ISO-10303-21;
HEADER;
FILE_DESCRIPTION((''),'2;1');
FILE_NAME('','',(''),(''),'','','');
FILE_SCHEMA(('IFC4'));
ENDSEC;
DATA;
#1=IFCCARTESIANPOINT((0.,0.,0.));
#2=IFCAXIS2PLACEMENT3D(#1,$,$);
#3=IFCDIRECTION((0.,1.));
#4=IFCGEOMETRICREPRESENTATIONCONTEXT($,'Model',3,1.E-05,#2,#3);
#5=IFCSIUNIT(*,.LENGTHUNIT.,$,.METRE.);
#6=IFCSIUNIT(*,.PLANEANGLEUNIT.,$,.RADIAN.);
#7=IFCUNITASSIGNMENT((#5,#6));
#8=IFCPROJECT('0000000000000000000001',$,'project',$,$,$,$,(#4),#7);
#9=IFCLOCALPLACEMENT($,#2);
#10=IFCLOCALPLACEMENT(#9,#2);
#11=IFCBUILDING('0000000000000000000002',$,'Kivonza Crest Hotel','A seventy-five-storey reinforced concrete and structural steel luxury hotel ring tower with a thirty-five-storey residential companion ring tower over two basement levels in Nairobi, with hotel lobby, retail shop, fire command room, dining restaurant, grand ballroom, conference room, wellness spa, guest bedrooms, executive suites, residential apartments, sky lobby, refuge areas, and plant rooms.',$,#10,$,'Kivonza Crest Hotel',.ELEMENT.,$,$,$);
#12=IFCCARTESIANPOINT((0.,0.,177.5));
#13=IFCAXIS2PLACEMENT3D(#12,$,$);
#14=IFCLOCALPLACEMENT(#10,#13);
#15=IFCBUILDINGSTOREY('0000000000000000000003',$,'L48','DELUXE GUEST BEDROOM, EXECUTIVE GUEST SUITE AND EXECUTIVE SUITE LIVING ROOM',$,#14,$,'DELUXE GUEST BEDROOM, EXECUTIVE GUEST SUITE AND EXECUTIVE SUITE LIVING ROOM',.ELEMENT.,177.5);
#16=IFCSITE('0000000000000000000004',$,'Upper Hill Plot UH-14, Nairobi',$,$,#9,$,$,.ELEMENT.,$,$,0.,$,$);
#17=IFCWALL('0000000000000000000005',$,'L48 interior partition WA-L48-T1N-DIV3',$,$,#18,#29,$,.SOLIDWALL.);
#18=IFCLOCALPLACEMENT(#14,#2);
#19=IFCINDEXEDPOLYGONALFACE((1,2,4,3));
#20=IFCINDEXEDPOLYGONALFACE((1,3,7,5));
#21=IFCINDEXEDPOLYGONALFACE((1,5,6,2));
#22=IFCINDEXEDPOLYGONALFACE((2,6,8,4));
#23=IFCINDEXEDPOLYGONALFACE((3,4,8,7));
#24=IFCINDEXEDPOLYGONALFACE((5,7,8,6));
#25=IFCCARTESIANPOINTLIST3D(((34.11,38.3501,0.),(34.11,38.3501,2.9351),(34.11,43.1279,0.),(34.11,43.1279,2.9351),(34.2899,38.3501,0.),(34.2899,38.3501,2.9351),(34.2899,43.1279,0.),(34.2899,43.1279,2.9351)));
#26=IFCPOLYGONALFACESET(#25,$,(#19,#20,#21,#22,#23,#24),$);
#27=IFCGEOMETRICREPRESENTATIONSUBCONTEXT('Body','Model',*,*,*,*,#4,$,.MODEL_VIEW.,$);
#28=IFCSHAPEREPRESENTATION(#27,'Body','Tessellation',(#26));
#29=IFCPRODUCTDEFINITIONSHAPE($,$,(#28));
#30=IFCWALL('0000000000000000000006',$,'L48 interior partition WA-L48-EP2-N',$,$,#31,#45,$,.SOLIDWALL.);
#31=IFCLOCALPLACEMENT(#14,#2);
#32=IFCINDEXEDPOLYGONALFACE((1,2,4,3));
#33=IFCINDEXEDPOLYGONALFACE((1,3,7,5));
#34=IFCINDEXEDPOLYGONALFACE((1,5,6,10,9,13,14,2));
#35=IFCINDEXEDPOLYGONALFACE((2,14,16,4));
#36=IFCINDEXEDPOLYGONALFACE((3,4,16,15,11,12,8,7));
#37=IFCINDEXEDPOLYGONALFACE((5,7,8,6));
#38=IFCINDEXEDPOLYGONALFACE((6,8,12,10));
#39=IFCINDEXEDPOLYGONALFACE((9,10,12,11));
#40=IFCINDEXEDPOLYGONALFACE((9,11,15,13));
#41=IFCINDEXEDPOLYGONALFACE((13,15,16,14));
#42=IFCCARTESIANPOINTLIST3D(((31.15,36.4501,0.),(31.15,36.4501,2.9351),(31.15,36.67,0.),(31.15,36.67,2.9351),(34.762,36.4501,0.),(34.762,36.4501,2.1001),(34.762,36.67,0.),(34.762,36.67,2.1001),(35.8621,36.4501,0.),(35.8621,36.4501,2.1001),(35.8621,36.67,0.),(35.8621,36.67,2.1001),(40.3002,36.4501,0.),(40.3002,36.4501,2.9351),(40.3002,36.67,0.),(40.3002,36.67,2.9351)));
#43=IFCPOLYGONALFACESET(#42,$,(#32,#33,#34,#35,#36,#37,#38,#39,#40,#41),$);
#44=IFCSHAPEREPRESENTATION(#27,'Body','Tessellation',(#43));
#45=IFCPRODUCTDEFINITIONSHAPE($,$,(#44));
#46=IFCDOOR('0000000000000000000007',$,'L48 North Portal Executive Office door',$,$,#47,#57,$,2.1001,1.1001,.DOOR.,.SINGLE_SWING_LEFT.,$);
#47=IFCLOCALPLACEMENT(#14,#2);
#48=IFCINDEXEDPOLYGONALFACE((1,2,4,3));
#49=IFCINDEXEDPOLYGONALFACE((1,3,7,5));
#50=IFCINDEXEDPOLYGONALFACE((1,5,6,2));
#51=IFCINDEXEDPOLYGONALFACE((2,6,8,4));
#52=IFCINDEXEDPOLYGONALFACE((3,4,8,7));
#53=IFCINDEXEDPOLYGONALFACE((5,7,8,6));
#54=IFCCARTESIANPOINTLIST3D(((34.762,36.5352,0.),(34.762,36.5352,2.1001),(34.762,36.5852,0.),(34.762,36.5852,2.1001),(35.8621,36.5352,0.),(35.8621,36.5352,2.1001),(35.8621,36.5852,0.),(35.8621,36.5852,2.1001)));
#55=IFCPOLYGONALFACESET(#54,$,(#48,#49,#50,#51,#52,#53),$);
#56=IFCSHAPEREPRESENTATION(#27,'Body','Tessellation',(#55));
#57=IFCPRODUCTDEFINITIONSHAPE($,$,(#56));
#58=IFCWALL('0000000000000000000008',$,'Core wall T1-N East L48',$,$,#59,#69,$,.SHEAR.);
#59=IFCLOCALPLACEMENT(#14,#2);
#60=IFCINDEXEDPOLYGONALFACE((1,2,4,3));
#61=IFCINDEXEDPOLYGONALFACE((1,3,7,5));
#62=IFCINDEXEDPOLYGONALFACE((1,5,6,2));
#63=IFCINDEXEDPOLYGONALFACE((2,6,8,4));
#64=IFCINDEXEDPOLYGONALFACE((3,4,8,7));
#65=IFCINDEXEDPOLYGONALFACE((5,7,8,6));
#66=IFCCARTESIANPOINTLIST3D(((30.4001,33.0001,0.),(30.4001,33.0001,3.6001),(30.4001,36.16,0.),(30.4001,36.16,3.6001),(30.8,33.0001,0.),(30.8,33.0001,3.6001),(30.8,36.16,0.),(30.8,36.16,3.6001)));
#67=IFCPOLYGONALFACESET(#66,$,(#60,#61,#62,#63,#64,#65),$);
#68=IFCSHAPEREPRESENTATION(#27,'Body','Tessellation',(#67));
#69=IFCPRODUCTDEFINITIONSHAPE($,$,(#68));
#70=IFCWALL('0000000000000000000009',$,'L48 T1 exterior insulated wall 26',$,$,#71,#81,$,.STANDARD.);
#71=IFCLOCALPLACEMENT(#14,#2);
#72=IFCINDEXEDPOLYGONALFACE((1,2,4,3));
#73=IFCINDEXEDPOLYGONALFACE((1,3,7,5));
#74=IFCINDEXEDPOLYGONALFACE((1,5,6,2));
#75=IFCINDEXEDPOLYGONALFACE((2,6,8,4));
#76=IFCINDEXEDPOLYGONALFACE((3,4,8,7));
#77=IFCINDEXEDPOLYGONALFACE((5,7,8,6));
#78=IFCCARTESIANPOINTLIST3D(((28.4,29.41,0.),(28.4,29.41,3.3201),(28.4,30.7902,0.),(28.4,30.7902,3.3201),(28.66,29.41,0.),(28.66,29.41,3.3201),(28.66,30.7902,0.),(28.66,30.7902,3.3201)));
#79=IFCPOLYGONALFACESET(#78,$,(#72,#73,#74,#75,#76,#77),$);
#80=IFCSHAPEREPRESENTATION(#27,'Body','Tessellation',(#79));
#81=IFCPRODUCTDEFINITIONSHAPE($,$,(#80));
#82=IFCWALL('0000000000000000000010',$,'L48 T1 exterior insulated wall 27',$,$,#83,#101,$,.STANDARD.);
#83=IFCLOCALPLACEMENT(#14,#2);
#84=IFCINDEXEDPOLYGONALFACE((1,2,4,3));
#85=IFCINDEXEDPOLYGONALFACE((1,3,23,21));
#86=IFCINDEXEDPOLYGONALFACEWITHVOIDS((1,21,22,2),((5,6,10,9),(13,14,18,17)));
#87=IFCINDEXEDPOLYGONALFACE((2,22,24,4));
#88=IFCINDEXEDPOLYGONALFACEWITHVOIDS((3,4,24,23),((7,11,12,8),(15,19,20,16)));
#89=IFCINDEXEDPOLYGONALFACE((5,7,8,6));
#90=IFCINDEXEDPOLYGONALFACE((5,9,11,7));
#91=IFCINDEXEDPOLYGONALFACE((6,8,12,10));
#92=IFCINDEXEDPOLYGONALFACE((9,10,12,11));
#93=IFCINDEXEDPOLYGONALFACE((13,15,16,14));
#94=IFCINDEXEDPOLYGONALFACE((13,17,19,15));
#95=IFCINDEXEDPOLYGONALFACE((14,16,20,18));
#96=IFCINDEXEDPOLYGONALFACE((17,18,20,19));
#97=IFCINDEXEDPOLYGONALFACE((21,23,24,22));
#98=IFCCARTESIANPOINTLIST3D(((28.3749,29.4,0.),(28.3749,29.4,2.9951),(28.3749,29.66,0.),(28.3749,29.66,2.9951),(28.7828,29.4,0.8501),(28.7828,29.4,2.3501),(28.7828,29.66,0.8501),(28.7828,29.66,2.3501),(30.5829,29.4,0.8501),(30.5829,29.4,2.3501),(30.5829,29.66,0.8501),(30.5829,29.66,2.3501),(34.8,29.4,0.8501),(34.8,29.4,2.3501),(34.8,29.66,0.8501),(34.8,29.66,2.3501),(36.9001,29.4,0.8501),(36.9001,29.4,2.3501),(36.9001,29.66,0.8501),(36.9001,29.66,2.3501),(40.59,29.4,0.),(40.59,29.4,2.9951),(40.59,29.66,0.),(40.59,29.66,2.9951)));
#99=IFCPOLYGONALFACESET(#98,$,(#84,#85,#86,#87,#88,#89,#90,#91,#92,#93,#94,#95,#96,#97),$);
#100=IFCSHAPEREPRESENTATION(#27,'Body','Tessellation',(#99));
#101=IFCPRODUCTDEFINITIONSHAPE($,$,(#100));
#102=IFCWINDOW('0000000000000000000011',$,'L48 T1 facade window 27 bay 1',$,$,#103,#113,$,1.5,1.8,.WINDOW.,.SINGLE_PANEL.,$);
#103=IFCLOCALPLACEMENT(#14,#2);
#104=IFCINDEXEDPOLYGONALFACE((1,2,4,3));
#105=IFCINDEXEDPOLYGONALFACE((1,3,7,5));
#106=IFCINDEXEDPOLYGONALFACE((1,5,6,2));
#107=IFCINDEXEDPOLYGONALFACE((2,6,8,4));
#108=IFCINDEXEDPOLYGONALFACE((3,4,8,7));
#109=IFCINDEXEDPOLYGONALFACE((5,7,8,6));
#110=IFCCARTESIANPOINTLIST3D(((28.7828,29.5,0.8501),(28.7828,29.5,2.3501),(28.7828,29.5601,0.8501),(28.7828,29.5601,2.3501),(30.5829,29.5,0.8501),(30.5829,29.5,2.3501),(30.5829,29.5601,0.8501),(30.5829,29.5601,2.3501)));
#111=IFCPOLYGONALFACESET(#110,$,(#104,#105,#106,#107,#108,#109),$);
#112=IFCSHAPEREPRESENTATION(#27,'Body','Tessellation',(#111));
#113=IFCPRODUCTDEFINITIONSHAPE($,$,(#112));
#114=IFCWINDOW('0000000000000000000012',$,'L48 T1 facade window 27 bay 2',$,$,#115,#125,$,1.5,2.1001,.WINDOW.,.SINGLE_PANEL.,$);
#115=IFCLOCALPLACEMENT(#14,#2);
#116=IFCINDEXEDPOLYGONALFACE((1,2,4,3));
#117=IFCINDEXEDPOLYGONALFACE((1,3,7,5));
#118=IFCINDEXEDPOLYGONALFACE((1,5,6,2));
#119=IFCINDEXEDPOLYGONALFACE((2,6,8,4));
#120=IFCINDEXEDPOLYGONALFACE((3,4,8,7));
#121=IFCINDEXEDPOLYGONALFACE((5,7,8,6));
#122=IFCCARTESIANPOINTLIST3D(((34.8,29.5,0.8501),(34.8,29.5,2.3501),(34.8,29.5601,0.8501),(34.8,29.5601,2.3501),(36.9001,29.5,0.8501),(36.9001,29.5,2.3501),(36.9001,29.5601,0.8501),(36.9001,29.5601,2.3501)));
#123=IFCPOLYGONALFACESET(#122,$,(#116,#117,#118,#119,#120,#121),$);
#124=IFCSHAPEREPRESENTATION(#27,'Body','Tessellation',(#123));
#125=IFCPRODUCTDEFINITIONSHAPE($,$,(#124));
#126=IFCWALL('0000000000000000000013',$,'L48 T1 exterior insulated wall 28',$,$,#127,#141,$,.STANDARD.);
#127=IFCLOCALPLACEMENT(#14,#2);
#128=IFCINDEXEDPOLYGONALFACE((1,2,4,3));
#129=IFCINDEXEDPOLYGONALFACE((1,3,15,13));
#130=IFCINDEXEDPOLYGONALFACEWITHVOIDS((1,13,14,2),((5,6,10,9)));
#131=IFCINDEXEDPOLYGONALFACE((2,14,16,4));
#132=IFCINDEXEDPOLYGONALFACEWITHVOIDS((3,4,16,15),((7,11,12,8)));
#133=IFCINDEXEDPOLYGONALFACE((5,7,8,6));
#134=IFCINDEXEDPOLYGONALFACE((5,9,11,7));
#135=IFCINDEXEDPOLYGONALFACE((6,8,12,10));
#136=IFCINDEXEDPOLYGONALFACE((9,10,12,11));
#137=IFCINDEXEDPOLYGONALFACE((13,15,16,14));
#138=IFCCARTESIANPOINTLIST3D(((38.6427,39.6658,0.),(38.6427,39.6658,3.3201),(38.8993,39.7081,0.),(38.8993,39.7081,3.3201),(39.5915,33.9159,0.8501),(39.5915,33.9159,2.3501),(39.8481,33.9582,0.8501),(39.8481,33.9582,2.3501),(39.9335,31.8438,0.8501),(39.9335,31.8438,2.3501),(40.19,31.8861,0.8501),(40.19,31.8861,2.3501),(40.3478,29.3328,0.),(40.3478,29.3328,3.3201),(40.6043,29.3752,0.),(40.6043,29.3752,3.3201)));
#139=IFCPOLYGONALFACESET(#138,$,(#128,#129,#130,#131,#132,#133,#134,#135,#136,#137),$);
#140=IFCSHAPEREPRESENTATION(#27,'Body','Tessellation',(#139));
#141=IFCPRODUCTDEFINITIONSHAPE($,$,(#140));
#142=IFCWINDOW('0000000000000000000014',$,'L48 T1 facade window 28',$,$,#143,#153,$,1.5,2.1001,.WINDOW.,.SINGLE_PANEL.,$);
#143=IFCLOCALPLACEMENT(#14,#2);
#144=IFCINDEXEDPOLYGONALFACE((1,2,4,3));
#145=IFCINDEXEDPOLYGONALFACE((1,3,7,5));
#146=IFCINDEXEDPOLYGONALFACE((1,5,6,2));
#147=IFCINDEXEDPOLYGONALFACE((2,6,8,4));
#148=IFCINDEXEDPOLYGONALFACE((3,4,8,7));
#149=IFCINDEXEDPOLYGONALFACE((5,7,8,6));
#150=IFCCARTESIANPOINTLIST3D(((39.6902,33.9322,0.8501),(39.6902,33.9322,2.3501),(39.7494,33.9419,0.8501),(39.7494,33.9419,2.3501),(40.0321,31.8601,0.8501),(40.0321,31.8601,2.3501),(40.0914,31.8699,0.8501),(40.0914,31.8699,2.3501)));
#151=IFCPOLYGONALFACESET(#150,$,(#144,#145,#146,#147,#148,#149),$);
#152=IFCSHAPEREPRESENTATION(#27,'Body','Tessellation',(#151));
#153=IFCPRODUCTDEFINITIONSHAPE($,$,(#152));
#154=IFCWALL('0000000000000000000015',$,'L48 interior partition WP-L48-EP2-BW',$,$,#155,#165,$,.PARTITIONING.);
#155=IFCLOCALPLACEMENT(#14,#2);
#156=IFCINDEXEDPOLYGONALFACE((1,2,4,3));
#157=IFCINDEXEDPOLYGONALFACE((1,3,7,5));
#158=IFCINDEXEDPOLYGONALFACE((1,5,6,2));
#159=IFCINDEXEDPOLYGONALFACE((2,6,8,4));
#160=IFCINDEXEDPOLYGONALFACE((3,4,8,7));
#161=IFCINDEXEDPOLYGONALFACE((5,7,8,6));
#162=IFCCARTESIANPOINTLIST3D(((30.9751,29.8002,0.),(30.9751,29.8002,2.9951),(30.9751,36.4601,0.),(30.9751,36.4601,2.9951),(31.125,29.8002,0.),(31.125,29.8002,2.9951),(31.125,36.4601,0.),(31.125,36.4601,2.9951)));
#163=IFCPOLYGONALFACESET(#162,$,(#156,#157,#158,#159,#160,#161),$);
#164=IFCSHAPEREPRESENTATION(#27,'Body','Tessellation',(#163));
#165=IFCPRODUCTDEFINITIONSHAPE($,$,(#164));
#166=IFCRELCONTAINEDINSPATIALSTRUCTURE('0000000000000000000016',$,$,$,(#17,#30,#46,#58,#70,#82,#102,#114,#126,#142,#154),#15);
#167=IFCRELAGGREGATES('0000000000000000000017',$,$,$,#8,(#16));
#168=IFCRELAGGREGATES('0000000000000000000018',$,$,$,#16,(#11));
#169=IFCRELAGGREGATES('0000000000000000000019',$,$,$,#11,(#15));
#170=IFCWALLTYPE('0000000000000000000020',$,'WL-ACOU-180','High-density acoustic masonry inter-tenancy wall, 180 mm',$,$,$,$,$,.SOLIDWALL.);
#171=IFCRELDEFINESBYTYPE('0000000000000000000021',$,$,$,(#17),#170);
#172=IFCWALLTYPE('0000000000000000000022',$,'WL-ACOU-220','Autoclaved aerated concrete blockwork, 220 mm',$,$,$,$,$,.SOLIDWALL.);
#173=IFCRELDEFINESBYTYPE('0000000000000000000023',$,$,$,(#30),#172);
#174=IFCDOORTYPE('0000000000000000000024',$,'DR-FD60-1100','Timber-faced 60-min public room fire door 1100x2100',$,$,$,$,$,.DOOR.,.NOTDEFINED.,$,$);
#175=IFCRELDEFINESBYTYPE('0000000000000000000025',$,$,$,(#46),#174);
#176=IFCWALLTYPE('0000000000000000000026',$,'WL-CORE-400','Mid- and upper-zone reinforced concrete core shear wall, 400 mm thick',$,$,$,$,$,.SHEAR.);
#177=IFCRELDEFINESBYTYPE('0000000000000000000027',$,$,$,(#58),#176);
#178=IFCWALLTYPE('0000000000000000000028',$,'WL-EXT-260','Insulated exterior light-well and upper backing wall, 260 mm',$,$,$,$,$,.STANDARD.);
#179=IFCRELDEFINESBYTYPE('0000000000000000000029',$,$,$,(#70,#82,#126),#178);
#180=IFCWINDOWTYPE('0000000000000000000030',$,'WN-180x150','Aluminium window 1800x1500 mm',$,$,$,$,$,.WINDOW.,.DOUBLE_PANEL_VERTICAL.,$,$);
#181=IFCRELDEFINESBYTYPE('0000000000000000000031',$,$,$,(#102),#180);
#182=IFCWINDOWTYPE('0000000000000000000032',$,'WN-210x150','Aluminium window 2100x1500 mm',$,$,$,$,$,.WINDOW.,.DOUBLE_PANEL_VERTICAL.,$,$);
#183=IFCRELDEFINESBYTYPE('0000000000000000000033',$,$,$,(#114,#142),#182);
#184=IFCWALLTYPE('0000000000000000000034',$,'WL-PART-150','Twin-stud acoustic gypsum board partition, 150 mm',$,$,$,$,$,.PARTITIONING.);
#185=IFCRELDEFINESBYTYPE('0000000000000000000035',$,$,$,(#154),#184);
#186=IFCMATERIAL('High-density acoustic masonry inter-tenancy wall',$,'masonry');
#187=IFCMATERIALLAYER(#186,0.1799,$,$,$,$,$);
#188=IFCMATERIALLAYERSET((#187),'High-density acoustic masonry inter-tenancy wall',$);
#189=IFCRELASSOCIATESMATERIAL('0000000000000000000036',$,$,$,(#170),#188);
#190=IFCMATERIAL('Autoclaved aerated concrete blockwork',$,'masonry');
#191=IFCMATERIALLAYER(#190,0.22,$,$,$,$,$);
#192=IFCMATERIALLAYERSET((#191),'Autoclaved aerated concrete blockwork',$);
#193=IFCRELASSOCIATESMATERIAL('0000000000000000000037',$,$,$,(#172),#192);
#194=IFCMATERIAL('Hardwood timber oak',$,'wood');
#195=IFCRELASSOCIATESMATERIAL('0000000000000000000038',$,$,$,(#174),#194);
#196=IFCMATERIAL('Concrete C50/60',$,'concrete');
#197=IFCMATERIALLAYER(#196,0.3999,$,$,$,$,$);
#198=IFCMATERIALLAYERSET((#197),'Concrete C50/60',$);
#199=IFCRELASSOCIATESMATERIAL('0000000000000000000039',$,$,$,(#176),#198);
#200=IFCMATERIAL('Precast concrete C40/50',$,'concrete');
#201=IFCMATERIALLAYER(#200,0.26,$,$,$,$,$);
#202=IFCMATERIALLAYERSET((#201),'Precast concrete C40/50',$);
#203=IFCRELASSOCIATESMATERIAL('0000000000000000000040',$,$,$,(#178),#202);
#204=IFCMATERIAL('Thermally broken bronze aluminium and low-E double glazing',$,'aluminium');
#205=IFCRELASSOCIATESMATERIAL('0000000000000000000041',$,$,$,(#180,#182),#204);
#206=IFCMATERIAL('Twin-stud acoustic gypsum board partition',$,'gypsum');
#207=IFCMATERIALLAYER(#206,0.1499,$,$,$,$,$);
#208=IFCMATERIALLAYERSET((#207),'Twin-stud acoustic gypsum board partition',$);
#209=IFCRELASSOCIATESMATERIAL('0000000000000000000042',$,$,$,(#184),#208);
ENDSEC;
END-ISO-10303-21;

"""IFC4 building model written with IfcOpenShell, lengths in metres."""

from ifc_helpers import new_model, si_unit, direction, frame, frame_2d, origin, place, context, subcontext, project, spatial, rectangle, extrude, material, layer, layer_set, type_object, element, fill, save


model = new_model("IFC4")

# Units and contexts
model_context = context("Model", 3, precision=1e-05, world=origin(), true_north=direction((0.0, 1.0)))
body_context = subcontext(model_context, "Body", "Model", "MODEL_VIEW")
ifc_project = project(units=[si_unit("LENGTHUNIT", "METRE"), si_unit("PLANEANGLEUNIT", "RADIAN")], contexts=[model_context])

# Site, building, storey
site_placement = place(None, origin())
site = spatial("IfcSite", under=ifc_project, at=site_placement, Name="Upper Hill Plot UH-14, Nairobi", CompositionType="ELEMENT", RefElevation=0.0)
building_placement = place(site_placement, origin())
building = spatial("IfcBuilding", under=site, at=building_placement, Name="Kivonza Crest Hotel", Description="A seventy-five-storey reinforced concrete and structural steel luxury hotel ring tower with a thirty-five-storey residential companion ring tower over two basement levels in Nairobi, with hotel lobby, retail shop, fire command room, dining restaurant, grand ballroom, conference room, wellness spa, guest bedrooms, executive suites, residential apartments, sky lobby, refuge areas, and plant rooms.", LongName="Kivonza Crest Hotel", CompositionType="ELEMENT")
storey_placement = place(building_placement, frame((0.0, 0.0, 177.5)))
storey = spatial("IfcBuildingStorey", under=building, at=storey_placement, Name="L48", Description="DELUXE GUEST BEDROOM, EXECUTIVE GUEST SUITE AND EXECUTIVE SUITE LIVING ROOM", LongName="DELUXE GUEST BEDROOM, EXECUTIVE GUEST SUITE AND EXECUTIVE SUITE LIVING ROOM", CompositionType="ELEMENT", Elevation=177.5)

# Shared definitions
ifc_material_1 = material(Name="Concrete C50/60", Category="concrete")

# Wall
ifc_material_2 = material(Name="High-density acoustic masonry inter-tenancy wall", Category="masonry")
ifc_layer_1 = layer(ifc_material_2, 0.1799)
ifc_layer_set_1 = layer_set([ifc_layer_1], Name="High-density acoustic masonry inter-tenancy wall")
wall_type_1 = type_object("IfcWallType", Name="WL-ACOU-180", Description="High-density acoustic masonry inter-tenancy wall, 180 mm", PredefinedType="SOLIDWALL", material=ifc_layer_set_1)
wall_1_placement = place(storey_placement, frame((34.2, 38.3501, 0.0), z_axis=(0.0, 0.0, 1.0), x_axis=(0.0, 1.0, 0.0)))
element("IfcWall", 1, at=wall_1_placement, inside=storey, type_object=wall_type_1, Name="L48 interior partition WA-L48-T1N-DIV3", PredefinedType="SOLIDWALL", context=body_context, shape_type="SweptSolid", body=[
    extrude(rectangle(XDim=4.7778, YDim=0.1799, at=frame_2d((2.3889, 0.0))), origin(), (0.0, 0.0, 1.0), 2.9351),
])

# Wall, opening, door
ifc_material_3 = material(Name="Autoclaved aerated concrete blockwork", Category="masonry")
ifc_layer_2 = layer(ifc_material_3, 0.22)
ifc_layer_set_2 = layer_set([ifc_layer_2], Name="Autoclaved aerated concrete blockwork")
wall_type_2 = type_object("IfcWallType", Name="WL-ACOU-220", Description="Autoclaved aerated concrete blockwork, 220 mm", PredefinedType="SOLIDWALL", material=ifc_layer_set_2)
wall_2_placement = place(storey_placement, frame((31.1499, 36.5601, 0.0), z_axis=(0.0, 0.0, 1.0), x_axis=(1.0, 0.0, 0.0)))
wall_2 = element("IfcWall", 2, at=wall_2_placement, inside=storey, type_object=wall_type_2, Name="L48 interior partition WA-L48-EP2-N", PredefinedType="SOLIDWALL", context=body_context, shape_type="SweptSolid", body=[
    extrude(rectangle(XDim=9.1501, YDim=0.22, at=frame_2d((4.5752, 0.0))), origin(), (0.0, 0.0, 1.0), 2.9351),
])
opening_1_placement = place(wall_2_placement, frame((3.6121, 0.0, 0.0)))
opening_1 = element("IfcOpeningElement", 3, at=opening_1_placement, cuts=wall_2, PredefinedType="OPENING", context=body_context, shape_type="SweptSolid", body=[
    extrude(rectangle(XDim=1.1001, YDim=2.1001, at=frame_2d((0.55, 1.05))), frame((0.0, 0.1201, 0.0), z_axis=(0.0, -1.0, 0.0), x_axis=(1.0, 0.0, 0.0)), (0.0, 0.0, 1.0), 0.24),
])
ifc_material_4 = material(Name="Hardwood timber oak", Category="wood")
door_type = type_object("IfcDoorType", Name="DR-FD60-1100", Description="Timber-faced 60-min public room fire door 1100x2100", OperationType="NOTDEFINED", PredefinedType="DOOR", material=ifc_material_4)
door_placement = place(opening_1_placement, frame((1.1001, 0.0, 0.0), z_axis=(0.0, 0.0, 1.0), x_axis=(-1.0, 0.0, 0.0)))
door = element("IfcDoor", 4, at=door_placement, inside=storey, type_object=door_type, Name="L48 North Portal Executive Office door", OperationType="SINGLE_SWING_LEFT", OverallHeight=2.1001, OverallWidth=1.1001, PredefinedType="DOOR", context=body_context, shape_type="SweptSolid", body=[
    extrude(rectangle(XDim=1.1001, YDim=2.1001, at=frame_2d((0.55, 1.05))), frame((0.0, 0.0249, 0.0), z_axis=(0.0, -1.0, 0.0), x_axis=(1.0, 0.0, 0.0)), (0.0, 0.0, 1.0), 0.05),
])
fill(opening_1, door)

# Walls
ifc_layer_3 = layer(ifc_material_1, 0.3999)
ifc_layer_set_3 = layer_set([ifc_layer_3], Name="Concrete C50/60")
wall_type_3 = type_object("IfcWallType", Name="WL-CORE-400", Description="Mid- and upper-zone reinforced concrete core shear wall, 400 mm thick", PredefinedType="SHEAR", material=ifc_layer_set_3)
wall_3_placement = place(storey_placement, frame((30.6001, 33.0, 0.0), z_axis=(0.0, 0.0, 1.0), x_axis=(0.0, 1.0, 0.0)))
element("IfcWall", 5, at=wall_3_placement, inside=storey, type_object=wall_type_3, Name="Core wall T1-N East L48", PredefinedType="SHEAR", context=body_context, shape_type="SweptSolid", body=[
    extrude(rectangle(XDim=3.1599, YDim=0.3999, at=frame_2d((1.5801, 0.0))), origin(), (0.0, 0.0, 1.0), 3.6001),
])
ifc_material_5 = material(Name="Precast concrete C40/50", Category="concrete")
ifc_layer_4 = layer(ifc_material_5, 0.26)
ifc_layer_set_4 = layer_set([ifc_layer_4], Name="Precast concrete C40/50")
wall_type_4 = type_object("IfcWallType", Name="WL-EXT-260", Description="Insulated exterior light-well and upper backing wall, 260 mm", PredefinedType="STANDARD", material=ifc_layer_set_4)
wall_4_placement = place(storey_placement, frame((28.53, 30.79, 0.0), z_axis=(0.0, 0.0, 1.0), x_axis=(0.0, -1.0, 0.0)))
element("IfcWall", 6, at=wall_4_placement, inside=storey, type_object=wall_type_4, Name="L48 T1 exterior insulated wall 26", PredefinedType="STANDARD", context=body_context, shape_type="SweptSolid", body=[
    extrude(rectangle(XDim=1.3801, YDim=0.26, at=frame_2d((0.6899, 0.0))), origin(), (0.0, 0.0, 1.0), 3.3201),
])

# Wall, openings, windows
wall_5_placement = place(storey_placement, frame((28.375, 29.53, 0.0), z_axis=(0.0, 0.0, 1.0), x_axis=(1.0, 0.0, 0.0)))
wall_5 = element("IfcWall", 7, at=wall_5_placement, inside=storey, type_object=wall_type_4, Name="L48 T1 exterior insulated wall 27", PredefinedType="STANDARD", context=body_context, shape_type="SweptSolid", body=[
    extrude(rectangle(XDim=12.2151, YDim=0.26, at=frame_2d((6.1074, 0.0))), origin(), (0.0, 0.0, 1.0), 2.9951),
])
opening_2_placement = place(wall_5_placement, frame((0.408, 0.0, 0.8501)))
opening_2 = element("IfcOpeningElement", 8, at=opening_2_placement, cuts=wall_5, PredefinedType="OPENING", context=body_context, shape_type="SweptSolid", body=[
    extrude(rectangle(XDim=1.8, YDim=1.5, at=frame_2d((0.8999, 0.75))), frame((0.0, 0.1401, 0.0), z_axis=(0.0, -1.0, 0.0), x_axis=(1.0, 0.0, 0.0)), (0.0, 0.0, 1.0), 0.28),
])
opening_3_placement = place(wall_5_placement, frame((6.425, 0.0, 0.8501)))
opening_3 = element("IfcOpeningElement", 9, at=opening_3_placement, cuts=wall_5, PredefinedType="OPENING", context=body_context, shape_type="SweptSolid", body=[
    extrude(rectangle(XDim=2.1001, YDim=1.5, at=frame_2d((1.05, 0.75))), frame((0.0, 0.1401, 0.0), z_axis=(0.0, -1.0, 0.0), x_axis=(1.0, 0.0, 0.0)), (0.0, 0.0, 1.0), 0.28),
])
ifc_material_6 = material(Name="Thermally broken bronze aluminium and low-E double glazing", Category="aluminium")
window_type_1 = type_object("IfcWindowType", Name="WN-180x150", Description="Aluminium window 1800x1500 mm", PartitioningType="DOUBLE_PANEL_VERTICAL", PredefinedType="WINDOW", material=ifc_material_6)
window_1_placement = place(opening_2_placement, origin())
window_1 = element("IfcWindow", 10, at=window_1_placement, inside=storey, type_object=window_type_1, Name="L48 T1 facade window 27 bay 1", OverallHeight=1.5, OverallWidth=1.8, PartitioningType="SINGLE_PANEL", PredefinedType="WINDOW", context=body_context, shape_type="SweptSolid", body=[
    extrude(rectangle(XDim=1.8, YDim=1.5, at=frame_2d((0.8999, 0.75))), frame((0.0, 0.03, 0.0), z_axis=(0.0, -1.0, 0.0), x_axis=(1.0, 0.0, 0.0)), (0.0, 0.0, 1.0), 0.0601),
])
fill(opening_2, window_1)
window_type_2 = type_object("IfcWindowType", Name="WN-210x150", Description="Aluminium window 2100x1500 mm", PartitioningType="DOUBLE_PANEL_VERTICAL", PredefinedType="WINDOW", material=ifc_material_6)
window_2_placement = place(opening_3_placement, origin())
window_2 = element("IfcWindow", 11, at=window_2_placement, inside=storey, type_object=window_type_2, Name="L48 T1 facade window 27 bay 2", OverallHeight=1.5, OverallWidth=2.1001, PartitioningType="SINGLE_PANEL", PredefinedType="WINDOW", context=body_context, shape_type="SweptSolid", body=[
    extrude(rectangle(XDim=2.1001, YDim=1.5, at=frame_2d((1.05, 0.75))), frame((0.0, 0.03, 0.0), z_axis=(0.0, -1.0, 0.0), x_axis=(1.0, 0.0, 0.0)), (0.0, 0.0, 1.0), 0.0601),
])
fill(opening_3, window_2)

# Wall, opening, window
wall_6_placement = place(storey_placement, frame((40.4761, 29.354, 0.0), z_axis=(0.0, 0.0, 1.0), x_axis=(-0.162811, 0.986657, 0.0)))
wall_6 = element("IfcWall", 12, at=wall_6_placement, inside=storey, type_object=wall_type_4, Name="L48 T1 exterior insulated wall 28", PredefinedType="STANDARD", context=body_context, shape_type="SweptSolid", body=[
    extrude(rectangle(XDim=10.4727, YDim=0.26, at=frame_2d((5.2363, 0.0))), origin(), (0.0, 0.0, 1.0), 3.3201),
])
opening_4_placement = place(wall_6_placement, frame((2.5449, 0.0, 0.8501)))
opening_4 = element("IfcOpeningElement", 13, at=opening_4_placement, cuts=wall_6, PredefinedType="OPENING", context=body_context, shape_type="SweptSolid", body=[
    extrude(rectangle(XDim=2.1001, YDim=1.5, at=frame_2d((1.05, 0.75))), frame((0.0, 0.1401, 0.0), z_axis=(0.0, -1.0, 0.0), x_axis=(1.0, 0.0, 0.0)), (0.0, 0.0, 1.0), 0.28),
])
window_3_placement = place(opening_4_placement, origin())
window_3 = element("IfcWindow", 14, at=window_3_placement, inside=storey, type_object=window_type_2, Name="L48 T1 facade window 28", OverallHeight=1.5, OverallWidth=2.1001, PartitioningType="SINGLE_PANEL", PredefinedType="WINDOW", context=body_context, shape_type="SweptSolid", body=[
    extrude(rectangle(XDim=2.1001, YDim=1.5, at=frame_2d((1.05, 0.75))), frame((0.0, 0.03, 0.0), z_axis=(0.0, -1.0, 0.0), x_axis=(1.0, 0.0, 0.0)), (0.0, 0.0, 1.0), 0.0601),
])
fill(opening_4, window_3)

# Wall
ifc_material_7 = material(Name="Twin-stud acoustic gypsum board partition", Category="gypsum")
ifc_layer_5 = layer(ifc_material_7, 0.1499)
ifc_layer_set_5 = layer_set([ifc_layer_5], Name="Twin-stud acoustic gypsum board partition")
wall_type_5 = type_object("IfcWallType", Name="WL-PART-150", Description="Twin-stud acoustic gypsum board partition, 150 mm", PredefinedType="PARTITIONING", material=ifc_layer_set_5)
wall_7_placement = place(storey_placement, frame((31.05, 29.8, 0.0), z_axis=(0.0, 0.0, 1.0), x_axis=(0.0, 1.0, 0.0)))
element("IfcWall", 15, at=wall_7_placement, inside=storey, type_object=wall_type_5, Name="L48 interior partition WP-L48-EP2-BW", PredefinedType="PARTITIONING", context=body_context, shape_type="SweptSolid", body=[
    extrude(rectangle(XDim=6.6599, YDim=0.1499, at=frame_2d((3.3301, 0.0))), origin(), (0.0, 0.0, 1.0), 2.9951),
])

save(model, "model.ifc")
